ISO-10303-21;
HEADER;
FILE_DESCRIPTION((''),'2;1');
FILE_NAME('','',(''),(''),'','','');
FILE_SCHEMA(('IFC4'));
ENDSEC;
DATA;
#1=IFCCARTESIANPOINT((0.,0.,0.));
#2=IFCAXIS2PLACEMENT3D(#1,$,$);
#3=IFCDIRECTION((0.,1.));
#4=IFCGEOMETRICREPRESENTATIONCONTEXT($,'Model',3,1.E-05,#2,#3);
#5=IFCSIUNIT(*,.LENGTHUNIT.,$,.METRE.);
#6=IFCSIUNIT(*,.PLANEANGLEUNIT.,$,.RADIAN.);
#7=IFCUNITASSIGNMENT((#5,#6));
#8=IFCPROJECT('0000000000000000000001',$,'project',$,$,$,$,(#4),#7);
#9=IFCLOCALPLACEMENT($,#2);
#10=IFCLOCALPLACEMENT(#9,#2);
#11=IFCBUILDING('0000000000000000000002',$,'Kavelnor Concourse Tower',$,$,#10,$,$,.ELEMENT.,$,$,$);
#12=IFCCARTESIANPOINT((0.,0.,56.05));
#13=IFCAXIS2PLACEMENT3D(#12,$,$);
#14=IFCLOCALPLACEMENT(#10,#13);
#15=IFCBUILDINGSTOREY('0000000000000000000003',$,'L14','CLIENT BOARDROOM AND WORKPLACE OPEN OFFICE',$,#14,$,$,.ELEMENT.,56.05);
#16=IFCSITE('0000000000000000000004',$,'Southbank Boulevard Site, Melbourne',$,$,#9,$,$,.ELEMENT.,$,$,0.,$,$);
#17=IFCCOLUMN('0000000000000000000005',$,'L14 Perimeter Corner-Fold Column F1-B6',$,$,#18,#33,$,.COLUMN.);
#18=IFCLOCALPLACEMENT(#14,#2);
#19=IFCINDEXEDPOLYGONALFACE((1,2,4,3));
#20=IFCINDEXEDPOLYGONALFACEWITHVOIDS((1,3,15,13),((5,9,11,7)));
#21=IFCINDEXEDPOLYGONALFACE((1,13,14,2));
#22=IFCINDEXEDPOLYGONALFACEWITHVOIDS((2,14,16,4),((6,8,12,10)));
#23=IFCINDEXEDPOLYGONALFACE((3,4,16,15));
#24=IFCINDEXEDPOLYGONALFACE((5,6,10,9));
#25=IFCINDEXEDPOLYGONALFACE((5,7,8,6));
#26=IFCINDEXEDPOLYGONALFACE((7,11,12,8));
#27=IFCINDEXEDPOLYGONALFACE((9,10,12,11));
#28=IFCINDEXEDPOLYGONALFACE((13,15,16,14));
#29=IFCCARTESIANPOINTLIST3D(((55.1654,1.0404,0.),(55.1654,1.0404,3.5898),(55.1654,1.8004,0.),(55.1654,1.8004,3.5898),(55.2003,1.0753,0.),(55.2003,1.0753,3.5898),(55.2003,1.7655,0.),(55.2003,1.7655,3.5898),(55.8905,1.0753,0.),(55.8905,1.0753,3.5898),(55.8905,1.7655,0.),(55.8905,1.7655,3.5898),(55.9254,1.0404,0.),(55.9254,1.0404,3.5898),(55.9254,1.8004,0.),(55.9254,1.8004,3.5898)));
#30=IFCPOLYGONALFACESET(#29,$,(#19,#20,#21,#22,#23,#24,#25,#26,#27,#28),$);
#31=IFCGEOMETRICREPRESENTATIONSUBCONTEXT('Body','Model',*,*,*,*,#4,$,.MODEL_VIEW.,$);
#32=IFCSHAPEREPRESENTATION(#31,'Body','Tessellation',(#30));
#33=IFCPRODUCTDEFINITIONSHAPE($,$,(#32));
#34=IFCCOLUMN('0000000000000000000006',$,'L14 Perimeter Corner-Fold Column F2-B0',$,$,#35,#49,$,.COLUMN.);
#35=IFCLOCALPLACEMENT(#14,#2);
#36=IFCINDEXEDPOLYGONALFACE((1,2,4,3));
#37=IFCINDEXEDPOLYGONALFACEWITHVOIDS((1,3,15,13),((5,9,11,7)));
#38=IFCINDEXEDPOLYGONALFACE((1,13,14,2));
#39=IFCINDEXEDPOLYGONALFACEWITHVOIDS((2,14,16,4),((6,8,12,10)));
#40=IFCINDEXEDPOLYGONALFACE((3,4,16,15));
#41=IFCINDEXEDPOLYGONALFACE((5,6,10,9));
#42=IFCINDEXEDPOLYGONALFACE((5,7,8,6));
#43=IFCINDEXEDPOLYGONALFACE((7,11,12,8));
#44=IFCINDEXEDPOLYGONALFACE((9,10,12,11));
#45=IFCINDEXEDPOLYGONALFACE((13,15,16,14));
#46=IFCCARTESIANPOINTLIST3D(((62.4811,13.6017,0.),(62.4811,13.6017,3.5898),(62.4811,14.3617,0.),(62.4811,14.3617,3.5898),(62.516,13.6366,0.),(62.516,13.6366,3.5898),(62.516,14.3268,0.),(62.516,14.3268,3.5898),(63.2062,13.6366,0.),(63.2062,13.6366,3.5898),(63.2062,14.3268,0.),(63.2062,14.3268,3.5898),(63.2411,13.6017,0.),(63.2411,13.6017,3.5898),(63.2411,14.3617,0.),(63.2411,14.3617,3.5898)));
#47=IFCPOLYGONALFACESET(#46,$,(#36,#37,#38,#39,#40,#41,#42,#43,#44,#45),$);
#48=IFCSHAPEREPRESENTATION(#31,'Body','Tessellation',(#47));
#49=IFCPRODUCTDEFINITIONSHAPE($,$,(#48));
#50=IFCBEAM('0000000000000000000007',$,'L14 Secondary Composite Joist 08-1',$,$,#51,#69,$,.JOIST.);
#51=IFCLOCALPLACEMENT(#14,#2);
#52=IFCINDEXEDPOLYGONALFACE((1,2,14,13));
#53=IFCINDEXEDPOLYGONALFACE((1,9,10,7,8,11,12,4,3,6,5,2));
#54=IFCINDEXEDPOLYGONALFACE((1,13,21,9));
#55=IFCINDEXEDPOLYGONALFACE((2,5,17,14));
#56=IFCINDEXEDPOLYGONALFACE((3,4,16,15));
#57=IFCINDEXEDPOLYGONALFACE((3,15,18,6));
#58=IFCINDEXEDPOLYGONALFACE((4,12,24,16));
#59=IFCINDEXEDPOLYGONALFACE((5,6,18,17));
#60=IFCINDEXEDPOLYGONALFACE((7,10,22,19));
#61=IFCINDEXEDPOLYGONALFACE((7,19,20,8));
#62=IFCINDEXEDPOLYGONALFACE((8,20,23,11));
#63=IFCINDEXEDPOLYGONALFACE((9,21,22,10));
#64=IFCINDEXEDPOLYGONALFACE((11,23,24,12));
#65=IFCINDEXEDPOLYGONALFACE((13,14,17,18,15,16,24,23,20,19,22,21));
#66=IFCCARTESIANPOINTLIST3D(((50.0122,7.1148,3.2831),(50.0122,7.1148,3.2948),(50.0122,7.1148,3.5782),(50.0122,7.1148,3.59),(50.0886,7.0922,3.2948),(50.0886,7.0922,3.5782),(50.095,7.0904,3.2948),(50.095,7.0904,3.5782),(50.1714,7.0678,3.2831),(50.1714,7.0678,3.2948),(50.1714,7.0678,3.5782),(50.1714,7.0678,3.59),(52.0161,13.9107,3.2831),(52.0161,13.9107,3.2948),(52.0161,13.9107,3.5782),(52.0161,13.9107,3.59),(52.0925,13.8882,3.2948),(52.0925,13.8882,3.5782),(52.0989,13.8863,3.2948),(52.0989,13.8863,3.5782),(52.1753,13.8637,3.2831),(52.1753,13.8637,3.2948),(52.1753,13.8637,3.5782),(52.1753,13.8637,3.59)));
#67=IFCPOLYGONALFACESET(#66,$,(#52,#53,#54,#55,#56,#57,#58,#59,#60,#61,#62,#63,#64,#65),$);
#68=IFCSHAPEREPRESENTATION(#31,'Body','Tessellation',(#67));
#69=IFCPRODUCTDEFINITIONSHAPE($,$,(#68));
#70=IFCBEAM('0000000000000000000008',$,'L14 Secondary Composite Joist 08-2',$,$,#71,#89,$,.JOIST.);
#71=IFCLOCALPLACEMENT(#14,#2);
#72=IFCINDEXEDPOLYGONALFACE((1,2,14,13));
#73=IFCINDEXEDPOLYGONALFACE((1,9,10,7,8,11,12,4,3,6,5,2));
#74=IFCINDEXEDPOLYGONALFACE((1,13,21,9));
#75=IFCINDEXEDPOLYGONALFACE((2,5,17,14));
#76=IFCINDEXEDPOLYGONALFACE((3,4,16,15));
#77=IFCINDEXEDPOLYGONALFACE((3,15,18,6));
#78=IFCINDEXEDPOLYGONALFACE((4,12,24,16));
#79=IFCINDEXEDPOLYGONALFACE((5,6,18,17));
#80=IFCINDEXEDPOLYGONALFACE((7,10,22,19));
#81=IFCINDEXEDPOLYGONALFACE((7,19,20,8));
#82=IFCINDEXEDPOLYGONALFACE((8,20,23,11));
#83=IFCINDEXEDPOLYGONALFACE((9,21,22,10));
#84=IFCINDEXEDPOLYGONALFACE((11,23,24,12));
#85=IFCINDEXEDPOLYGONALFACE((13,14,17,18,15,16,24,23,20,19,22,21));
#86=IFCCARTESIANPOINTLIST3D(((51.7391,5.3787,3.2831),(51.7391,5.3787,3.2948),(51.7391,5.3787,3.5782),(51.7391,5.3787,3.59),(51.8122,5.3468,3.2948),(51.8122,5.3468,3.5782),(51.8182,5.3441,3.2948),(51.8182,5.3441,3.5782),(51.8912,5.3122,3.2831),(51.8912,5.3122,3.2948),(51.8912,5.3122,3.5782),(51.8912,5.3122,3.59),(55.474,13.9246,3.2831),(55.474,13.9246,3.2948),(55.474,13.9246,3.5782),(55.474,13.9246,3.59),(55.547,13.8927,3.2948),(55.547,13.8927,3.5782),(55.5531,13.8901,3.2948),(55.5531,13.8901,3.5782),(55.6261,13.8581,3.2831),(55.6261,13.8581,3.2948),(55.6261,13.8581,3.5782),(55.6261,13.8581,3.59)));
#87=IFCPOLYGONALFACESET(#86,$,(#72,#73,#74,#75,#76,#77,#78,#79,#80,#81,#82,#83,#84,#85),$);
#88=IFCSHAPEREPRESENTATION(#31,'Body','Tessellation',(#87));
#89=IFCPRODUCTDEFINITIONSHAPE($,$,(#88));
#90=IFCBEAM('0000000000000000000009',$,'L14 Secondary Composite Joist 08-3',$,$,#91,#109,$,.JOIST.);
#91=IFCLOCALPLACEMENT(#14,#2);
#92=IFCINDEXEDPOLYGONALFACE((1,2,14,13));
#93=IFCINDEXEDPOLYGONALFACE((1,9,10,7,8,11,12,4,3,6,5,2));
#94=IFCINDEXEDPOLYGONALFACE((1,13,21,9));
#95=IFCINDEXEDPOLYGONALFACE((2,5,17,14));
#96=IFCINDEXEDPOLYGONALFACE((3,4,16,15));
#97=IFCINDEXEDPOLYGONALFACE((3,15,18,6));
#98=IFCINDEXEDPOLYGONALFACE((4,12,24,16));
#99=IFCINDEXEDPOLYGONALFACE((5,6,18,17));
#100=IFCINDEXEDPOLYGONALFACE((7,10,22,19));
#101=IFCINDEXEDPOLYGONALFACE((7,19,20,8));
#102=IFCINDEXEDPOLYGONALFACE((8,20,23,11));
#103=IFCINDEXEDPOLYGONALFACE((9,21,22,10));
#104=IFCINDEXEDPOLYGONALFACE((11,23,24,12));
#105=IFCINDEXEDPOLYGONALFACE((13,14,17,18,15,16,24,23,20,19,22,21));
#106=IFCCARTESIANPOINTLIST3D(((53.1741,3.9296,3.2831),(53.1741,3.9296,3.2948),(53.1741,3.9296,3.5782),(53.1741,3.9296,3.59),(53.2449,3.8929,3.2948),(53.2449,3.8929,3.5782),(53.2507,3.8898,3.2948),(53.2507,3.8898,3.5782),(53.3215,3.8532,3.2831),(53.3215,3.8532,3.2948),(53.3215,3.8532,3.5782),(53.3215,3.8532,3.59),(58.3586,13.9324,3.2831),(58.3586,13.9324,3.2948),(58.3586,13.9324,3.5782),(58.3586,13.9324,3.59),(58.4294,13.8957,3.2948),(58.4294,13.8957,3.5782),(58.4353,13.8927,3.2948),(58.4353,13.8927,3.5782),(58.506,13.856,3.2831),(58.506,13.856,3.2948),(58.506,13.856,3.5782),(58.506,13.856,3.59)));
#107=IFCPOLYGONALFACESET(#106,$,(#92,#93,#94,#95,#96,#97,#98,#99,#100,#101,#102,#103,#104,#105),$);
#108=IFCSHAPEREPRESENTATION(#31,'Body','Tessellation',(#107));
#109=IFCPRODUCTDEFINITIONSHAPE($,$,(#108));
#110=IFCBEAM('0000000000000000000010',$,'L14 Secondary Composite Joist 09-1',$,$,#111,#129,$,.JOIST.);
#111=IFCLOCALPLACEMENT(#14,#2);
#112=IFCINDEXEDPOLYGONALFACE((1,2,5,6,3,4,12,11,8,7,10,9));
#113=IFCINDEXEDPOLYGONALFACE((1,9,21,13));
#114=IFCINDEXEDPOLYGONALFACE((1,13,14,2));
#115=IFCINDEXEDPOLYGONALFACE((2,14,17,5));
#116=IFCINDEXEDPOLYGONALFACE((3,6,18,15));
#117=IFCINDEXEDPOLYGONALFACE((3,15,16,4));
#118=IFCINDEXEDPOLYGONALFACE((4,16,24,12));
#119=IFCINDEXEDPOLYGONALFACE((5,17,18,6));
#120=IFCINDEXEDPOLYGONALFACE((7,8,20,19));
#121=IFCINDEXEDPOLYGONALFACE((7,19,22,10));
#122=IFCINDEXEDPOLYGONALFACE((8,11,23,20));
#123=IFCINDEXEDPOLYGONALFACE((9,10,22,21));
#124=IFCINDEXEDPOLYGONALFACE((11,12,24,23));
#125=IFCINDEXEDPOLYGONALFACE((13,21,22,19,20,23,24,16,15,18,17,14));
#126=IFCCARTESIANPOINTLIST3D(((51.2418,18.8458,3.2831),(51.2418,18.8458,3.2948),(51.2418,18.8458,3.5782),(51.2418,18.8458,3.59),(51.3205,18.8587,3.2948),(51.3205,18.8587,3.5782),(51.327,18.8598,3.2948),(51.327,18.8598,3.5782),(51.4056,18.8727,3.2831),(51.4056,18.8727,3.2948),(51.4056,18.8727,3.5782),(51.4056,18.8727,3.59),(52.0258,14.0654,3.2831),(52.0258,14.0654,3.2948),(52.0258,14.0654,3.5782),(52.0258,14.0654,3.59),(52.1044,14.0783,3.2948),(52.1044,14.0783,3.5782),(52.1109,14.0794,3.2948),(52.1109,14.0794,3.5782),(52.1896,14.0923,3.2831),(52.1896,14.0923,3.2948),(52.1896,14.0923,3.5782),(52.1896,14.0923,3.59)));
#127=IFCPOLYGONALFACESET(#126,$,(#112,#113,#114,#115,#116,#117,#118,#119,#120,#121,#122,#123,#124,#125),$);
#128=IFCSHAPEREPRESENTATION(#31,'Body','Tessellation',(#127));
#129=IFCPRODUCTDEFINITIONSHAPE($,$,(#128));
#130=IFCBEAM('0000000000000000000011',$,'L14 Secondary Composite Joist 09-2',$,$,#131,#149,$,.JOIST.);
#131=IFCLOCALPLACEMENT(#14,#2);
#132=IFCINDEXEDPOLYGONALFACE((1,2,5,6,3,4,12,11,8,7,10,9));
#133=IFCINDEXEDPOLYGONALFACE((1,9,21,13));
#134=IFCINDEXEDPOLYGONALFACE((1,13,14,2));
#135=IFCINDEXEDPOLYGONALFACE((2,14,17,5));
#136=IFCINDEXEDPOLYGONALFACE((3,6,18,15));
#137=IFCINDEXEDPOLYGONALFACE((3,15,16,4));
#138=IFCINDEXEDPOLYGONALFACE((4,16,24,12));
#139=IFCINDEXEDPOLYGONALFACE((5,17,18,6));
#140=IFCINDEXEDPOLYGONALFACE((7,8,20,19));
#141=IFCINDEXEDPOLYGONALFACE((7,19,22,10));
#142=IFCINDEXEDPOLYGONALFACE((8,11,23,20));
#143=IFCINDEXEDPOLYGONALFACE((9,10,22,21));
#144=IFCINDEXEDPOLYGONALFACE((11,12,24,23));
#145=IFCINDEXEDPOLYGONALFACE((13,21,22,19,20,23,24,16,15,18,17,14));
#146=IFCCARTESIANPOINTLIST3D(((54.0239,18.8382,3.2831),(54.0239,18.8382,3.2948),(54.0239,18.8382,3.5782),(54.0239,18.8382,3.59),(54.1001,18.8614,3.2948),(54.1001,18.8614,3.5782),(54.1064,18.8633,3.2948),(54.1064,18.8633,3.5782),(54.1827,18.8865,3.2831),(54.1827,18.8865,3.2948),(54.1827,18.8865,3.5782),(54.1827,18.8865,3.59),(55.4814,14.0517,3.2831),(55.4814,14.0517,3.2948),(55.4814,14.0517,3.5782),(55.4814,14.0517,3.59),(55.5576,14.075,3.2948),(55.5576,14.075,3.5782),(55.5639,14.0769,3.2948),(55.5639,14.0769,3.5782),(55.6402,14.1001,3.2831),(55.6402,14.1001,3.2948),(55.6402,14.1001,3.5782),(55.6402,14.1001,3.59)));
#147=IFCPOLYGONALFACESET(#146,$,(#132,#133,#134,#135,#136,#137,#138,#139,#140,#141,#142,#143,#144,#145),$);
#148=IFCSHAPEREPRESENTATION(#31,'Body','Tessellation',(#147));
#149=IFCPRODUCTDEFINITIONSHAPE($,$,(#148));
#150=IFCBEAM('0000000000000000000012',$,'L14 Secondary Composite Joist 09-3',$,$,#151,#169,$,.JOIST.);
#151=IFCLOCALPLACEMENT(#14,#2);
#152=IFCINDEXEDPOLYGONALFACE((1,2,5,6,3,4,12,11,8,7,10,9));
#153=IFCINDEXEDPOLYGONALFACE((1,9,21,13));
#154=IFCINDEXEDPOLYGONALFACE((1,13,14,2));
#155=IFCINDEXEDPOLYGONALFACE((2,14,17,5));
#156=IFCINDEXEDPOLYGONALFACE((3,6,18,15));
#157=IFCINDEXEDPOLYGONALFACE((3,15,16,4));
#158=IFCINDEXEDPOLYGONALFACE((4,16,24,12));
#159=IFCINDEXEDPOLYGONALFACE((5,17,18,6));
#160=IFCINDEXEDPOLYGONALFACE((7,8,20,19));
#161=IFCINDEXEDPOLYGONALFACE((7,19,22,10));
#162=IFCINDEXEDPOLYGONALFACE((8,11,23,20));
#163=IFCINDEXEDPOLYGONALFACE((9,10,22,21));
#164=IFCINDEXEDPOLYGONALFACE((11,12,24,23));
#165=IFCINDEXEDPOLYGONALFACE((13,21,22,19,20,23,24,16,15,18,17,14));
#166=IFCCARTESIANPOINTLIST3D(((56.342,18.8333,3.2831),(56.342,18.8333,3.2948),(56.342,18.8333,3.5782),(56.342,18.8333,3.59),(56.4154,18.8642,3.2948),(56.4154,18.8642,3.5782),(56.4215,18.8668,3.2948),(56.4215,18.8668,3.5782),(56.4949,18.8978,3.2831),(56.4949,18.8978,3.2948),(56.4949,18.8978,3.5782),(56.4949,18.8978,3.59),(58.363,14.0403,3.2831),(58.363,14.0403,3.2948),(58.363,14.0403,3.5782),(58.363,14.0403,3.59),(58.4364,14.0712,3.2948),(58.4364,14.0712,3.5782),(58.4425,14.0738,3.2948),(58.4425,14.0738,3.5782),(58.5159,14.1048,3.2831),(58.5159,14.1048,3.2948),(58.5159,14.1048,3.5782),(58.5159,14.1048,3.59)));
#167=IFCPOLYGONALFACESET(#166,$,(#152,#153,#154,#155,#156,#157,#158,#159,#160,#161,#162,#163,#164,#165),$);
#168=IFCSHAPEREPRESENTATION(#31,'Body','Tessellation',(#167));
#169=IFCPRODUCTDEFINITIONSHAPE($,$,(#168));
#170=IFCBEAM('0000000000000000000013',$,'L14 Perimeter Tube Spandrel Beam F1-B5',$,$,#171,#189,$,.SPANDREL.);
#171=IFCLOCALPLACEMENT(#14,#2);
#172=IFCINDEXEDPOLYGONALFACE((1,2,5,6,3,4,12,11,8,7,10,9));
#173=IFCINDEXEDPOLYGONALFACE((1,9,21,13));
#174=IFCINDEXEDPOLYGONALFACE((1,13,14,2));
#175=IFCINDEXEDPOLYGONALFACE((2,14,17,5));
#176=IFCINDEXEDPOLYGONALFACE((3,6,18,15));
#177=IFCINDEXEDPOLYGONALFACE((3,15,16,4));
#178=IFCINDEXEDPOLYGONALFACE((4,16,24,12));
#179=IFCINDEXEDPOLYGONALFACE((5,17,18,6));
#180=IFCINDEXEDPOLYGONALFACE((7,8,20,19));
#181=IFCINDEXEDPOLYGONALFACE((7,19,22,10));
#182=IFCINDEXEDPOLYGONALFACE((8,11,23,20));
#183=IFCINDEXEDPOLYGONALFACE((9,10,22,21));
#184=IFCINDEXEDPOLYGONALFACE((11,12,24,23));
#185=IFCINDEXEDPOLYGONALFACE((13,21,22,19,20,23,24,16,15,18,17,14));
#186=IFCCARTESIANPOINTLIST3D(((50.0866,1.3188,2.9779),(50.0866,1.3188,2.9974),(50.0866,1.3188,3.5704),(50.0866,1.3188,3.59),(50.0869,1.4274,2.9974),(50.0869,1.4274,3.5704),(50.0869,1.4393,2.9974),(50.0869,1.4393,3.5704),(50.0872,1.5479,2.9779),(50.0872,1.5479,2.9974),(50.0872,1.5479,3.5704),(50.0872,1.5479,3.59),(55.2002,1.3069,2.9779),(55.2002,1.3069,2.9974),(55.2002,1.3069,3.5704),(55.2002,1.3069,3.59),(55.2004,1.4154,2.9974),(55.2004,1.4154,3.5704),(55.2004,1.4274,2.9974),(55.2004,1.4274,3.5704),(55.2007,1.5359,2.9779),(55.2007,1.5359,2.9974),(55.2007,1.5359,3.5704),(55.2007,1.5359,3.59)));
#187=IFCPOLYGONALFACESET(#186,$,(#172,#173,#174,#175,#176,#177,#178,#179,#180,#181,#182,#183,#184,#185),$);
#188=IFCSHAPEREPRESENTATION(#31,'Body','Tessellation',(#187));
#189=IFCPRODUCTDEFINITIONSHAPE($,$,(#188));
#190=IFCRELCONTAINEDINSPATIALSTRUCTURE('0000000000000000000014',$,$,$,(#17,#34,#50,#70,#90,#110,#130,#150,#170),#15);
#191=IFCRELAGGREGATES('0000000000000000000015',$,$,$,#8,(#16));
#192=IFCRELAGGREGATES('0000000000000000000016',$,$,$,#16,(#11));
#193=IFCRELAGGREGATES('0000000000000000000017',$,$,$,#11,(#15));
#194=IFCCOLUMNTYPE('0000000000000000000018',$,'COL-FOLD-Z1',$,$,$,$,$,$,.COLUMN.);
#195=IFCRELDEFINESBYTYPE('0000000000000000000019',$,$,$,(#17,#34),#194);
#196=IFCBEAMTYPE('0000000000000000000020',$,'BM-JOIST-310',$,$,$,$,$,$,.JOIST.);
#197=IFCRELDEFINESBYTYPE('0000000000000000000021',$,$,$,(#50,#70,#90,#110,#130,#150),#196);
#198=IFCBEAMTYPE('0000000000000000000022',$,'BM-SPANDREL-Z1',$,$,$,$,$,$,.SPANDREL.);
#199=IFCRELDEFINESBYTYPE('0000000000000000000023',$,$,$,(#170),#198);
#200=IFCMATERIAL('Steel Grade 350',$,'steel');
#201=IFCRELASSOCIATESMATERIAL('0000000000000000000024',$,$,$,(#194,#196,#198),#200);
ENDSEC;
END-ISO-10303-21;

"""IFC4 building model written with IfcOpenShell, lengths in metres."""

from ifc_helpers import new_model, si_unit, direction, frame, origin, origin_2d, place, context, subcontext, project, spatial, hollow_rectangle, i_section, extrude, material, material_profile, profile_set, type_object, element, save


model = new_model("IFC4")

# Units and contexts
model_context = context("Model", 3, precision=1e-05, world=origin(), true_north=direction((0.0, 1.0)))
body_context = subcontext(model_context, "Body", "Model", "MODEL_VIEW")
ifc_project = project(units=[si_unit("LENGTHUNIT", "METRE"), si_unit("PLANEANGLEUNIT", "RADIAN")], contexts=[model_context])

# Site, building, storey
site_placement = place(None, origin())
site = spatial("IfcSite", under=ifc_project, at=site_placement, Name="Southbank Boulevard Site, Melbourne", CompositionType="ELEMENT", RefElevation=0.0)
building_placement = place(site_placement, origin())
building = spatial("IfcBuilding", under=site, at=building_placement, Name="Kavelnor Concourse Tower", CompositionType="ELEMENT")
storey_placement = place(building_placement, frame((0.0, 0.0, 56.05)))
storey = spatial("IfcBuildingStorey", under=building, at=storey_placement, Name="L14", Description="CLIENT BOARDROOM AND WORKPLACE OPEN OFFICE", CompositionType="ELEMENT", Elevation=56.05)

# Columns
ifc_material_1 = material(Name="Steel Grade 350", Category="steel")
ifc_material_profile_1 = material_profile(ifc_material_1, hollow_rectangle(XDim=0.76, YDim=0.76, WallThickness=0.0349, at=origin_2d()), Name="SHS 760x760x35")
ifc_profile_set_1 = profile_set([ifc_material_profile_1], Name="Steel Grade 350")
column_type = type_object("IfcColumnType", Name="COL-FOLD-Z1", PredefinedType="COLUMN", material=ifc_profile_set_1)
for number, where, z_axis, x_axis, name in (
    (1, (55.5454, 1.4204, 0.0), (0.0, 0.0, 1.0), (1.0, 0.0, 0.0), "L14 Perimeter Corner-Fold Column F1-B6"),
    (2, (62.8611, 13.9817, 0.0), (0.0, 0.0, 1.0), (1.0, 0.0, 0.0), "L14 Perimeter Corner-Fold Column F2-B0"),
):
    element("IfcColumn", number, at=place(storey_placement, frame(where, z_axis=z_axis, x_axis=x_axis)), inside=storey, type_object=column_type, Name=name, PredefinedType="COLUMN", context=body_context, shape_type="SweptSolid", body=[
        extrude(hollow_rectangle(XDim=0.76, YDim=0.76, WallThickness=0.0349, at=origin_2d()), origin(), (0.0, 0.0, 1.0), 3.5898),
    ])

# Beams
ifc_material_profile_2 = material_profile(ifc_material_1, i_section(OverallWidth=0.166, OverallDepth=0.3069, WebThickness=0.0066, FlangeThickness=0.0117, at=origin_2d()), Name="310UB46")
ifc_profile_set_2 = profile_set([ifc_material_profile_2], Name="Steel Grade 350")
beam_type_1 = type_object("IfcBeamType", Name="BM-JOIST-310", PredefinedType="JOIST", material=ifc_profile_set_2)
beam_1_placement = place(storey_placement, frame((50.0918, 7.0913, 3.4365), z_axis=(0.28283, 0.95917, 0.0), x_axis=(-0.95917, 0.28283, 0.0)))
element("IfcBeam", 3, at=beam_1_placement, inside=storey, type_object=beam_type_1, Name="L14 Secondary Composite Joist 08-1", PredefinedType="JOIST", context=body_context, shape_type="SweptSolid", body=[
    extrude(i_section(OverallWidth=0.166, OverallDepth=0.3069, WebThickness=0.0066, FlangeThickness=0.0117, at=origin_2d()), origin(), (0.0, 0.0, 1.0), 7.0852),
])
beam_2_placement = place(storey_placement, frame((51.8152, 5.3455, 3.4365), z_axis=(0.400462, 0.916313, 0.0), x_axis=(-0.916313, 0.400462, 0.0)))
element("IfcBeam", 4, at=beam_2_placement, inside=storey, type_object=beam_type_1, Name="L14 Secondary Composite Joist 08-2", PredefinedType="JOIST", context=body_context, shape_type="SweptSolid", body=[
    extrude(i_section(OverallWidth=0.166, OverallDepth=0.3069, WebThickness=0.0066, FlangeThickness=0.0117, at=origin_2d()), origin(), (0.0, 0.0, 1.0), 9.3264),
])
beam_3_placement = place(storey_placement, frame((53.2478, 3.8914, 3.4365), z_axis=(0.460168, 0.887832, 0.0), x_axis=(-0.887832, 0.460168, 0.0)))
element("IfcBeam", 5, at=beam_3_placement, inside=storey, type_object=beam_type_1, Name="L14 Secondary Composite Joist 08-3", PredefinedType="JOIST", context=body_context, shape_type="SweptSolid", body=[
    extrude(i_section(OverallWidth=0.166, OverallDepth=0.3069, WebThickness=0.0066, FlangeThickness=0.0117, at=origin_2d()), origin(), (0.0, 0.0, 1.0), 11.2666),
])
beam_4_placement = place(storey_placement, frame((52.1077, 14.0789, 3.4365), z_axis=(-0.161832, 0.986818, 0.0), x_axis=(-0.986818, -0.161832, 0.0)))
element("IfcBeam", 6, at=beam_4_placement, inside=storey, type_object=beam_type_1, Name="L14 Secondary Composite Joist 09-1", PredefinedType="JOIST", context=body_context, shape_type="SweptSolid", body=[
    extrude(i_section(OverallWidth=0.166, OverallDepth=0.3069, WebThickness=0.0066, FlangeThickness=0.0117, at=origin_2d()), origin(), (0.0, 0.0, 1.0), 4.8442),
])
beam_5_placement = place(storey_placement, frame((55.5608, 14.0759, 3.4365), z_axis=(-0.291307, 0.95663, 0.0), x_axis=(-0.95663, -0.291307, 0.0)))
element("IfcBeam", 7, at=beam_5_placement, inside=storey, type_object=beam_type_1, Name="L14 Secondary Composite Joist 09-2", PredefinedType="JOIST", context=body_context, shape_type="SweptSolid", body=[
    extrude(i_section(OverallWidth=0.166, OverallDepth=0.3069, WebThickness=0.0066, FlangeThickness=0.0117, at=origin_2d()), origin(), (0.0, 0.0, 1.0), 5.0034),
])
beam_6_placement = place(storey_placement, frame((58.4395, 14.0725, 3.4365), z_axis=(-0.388531, 0.921436, 0.0), x_axis=(-0.921436, -0.388531, 0.0)))
element("IfcBeam", 8, at=beam_6_placement, inside=storey, type_object=beam_type_1, Name="L14 Secondary Composite Joist 09-3", PredefinedType="JOIST", context=body_context, shape_type="SweptSolid", body=[
    extrude(i_section(OverallWidth=0.166, OverallDepth=0.3069, WebThickness=0.0066, FlangeThickness=0.0117, at=origin_2d()), origin(), (0.0, 0.0, 1.0), 5.2017),
])
ifc_material_profile_3 = material_profile(ifc_material_1, i_section(OverallWidth=0.229, OverallDepth=0.6121, WebThickness=0.012, FlangeThickness=0.0195, at=origin_2d()), Name="610UB125")
ifc_profile_set_3 = profile_set([ifc_material_profile_3], Name="Steel Grade 350")
beam_type_2 = type_object("IfcBeamType", Name="BM-SPANDREL-Z1", PredefinedType="SPANDREL", material=ifc_profile_set_3)
beam_7_placement = place(storey_placement, frame((50.0869, 1.4333, 3.2839), z_axis=(0.999997, -0.002339, 0.0), x_axis=(0.002339, 0.999997, 0.0)))
element("IfcBeam", 9, at=beam_7_placement, inside=storey, type_object=beam_type_2, Name="L14 Perimeter Tube Spandrel Beam F1-B5", PredefinedType="SPANDREL", context=body_context, shape_type="SweptSolid", body=[
    extrude(i_section(OverallWidth=0.229, OverallDepth=0.6121, WebThickness=0.012, FlangeThickness=0.0195, at=origin_2d()), origin(), (0.0, 0.0, 1.0), 5.1135),
])

save(model, "model.ifc")
